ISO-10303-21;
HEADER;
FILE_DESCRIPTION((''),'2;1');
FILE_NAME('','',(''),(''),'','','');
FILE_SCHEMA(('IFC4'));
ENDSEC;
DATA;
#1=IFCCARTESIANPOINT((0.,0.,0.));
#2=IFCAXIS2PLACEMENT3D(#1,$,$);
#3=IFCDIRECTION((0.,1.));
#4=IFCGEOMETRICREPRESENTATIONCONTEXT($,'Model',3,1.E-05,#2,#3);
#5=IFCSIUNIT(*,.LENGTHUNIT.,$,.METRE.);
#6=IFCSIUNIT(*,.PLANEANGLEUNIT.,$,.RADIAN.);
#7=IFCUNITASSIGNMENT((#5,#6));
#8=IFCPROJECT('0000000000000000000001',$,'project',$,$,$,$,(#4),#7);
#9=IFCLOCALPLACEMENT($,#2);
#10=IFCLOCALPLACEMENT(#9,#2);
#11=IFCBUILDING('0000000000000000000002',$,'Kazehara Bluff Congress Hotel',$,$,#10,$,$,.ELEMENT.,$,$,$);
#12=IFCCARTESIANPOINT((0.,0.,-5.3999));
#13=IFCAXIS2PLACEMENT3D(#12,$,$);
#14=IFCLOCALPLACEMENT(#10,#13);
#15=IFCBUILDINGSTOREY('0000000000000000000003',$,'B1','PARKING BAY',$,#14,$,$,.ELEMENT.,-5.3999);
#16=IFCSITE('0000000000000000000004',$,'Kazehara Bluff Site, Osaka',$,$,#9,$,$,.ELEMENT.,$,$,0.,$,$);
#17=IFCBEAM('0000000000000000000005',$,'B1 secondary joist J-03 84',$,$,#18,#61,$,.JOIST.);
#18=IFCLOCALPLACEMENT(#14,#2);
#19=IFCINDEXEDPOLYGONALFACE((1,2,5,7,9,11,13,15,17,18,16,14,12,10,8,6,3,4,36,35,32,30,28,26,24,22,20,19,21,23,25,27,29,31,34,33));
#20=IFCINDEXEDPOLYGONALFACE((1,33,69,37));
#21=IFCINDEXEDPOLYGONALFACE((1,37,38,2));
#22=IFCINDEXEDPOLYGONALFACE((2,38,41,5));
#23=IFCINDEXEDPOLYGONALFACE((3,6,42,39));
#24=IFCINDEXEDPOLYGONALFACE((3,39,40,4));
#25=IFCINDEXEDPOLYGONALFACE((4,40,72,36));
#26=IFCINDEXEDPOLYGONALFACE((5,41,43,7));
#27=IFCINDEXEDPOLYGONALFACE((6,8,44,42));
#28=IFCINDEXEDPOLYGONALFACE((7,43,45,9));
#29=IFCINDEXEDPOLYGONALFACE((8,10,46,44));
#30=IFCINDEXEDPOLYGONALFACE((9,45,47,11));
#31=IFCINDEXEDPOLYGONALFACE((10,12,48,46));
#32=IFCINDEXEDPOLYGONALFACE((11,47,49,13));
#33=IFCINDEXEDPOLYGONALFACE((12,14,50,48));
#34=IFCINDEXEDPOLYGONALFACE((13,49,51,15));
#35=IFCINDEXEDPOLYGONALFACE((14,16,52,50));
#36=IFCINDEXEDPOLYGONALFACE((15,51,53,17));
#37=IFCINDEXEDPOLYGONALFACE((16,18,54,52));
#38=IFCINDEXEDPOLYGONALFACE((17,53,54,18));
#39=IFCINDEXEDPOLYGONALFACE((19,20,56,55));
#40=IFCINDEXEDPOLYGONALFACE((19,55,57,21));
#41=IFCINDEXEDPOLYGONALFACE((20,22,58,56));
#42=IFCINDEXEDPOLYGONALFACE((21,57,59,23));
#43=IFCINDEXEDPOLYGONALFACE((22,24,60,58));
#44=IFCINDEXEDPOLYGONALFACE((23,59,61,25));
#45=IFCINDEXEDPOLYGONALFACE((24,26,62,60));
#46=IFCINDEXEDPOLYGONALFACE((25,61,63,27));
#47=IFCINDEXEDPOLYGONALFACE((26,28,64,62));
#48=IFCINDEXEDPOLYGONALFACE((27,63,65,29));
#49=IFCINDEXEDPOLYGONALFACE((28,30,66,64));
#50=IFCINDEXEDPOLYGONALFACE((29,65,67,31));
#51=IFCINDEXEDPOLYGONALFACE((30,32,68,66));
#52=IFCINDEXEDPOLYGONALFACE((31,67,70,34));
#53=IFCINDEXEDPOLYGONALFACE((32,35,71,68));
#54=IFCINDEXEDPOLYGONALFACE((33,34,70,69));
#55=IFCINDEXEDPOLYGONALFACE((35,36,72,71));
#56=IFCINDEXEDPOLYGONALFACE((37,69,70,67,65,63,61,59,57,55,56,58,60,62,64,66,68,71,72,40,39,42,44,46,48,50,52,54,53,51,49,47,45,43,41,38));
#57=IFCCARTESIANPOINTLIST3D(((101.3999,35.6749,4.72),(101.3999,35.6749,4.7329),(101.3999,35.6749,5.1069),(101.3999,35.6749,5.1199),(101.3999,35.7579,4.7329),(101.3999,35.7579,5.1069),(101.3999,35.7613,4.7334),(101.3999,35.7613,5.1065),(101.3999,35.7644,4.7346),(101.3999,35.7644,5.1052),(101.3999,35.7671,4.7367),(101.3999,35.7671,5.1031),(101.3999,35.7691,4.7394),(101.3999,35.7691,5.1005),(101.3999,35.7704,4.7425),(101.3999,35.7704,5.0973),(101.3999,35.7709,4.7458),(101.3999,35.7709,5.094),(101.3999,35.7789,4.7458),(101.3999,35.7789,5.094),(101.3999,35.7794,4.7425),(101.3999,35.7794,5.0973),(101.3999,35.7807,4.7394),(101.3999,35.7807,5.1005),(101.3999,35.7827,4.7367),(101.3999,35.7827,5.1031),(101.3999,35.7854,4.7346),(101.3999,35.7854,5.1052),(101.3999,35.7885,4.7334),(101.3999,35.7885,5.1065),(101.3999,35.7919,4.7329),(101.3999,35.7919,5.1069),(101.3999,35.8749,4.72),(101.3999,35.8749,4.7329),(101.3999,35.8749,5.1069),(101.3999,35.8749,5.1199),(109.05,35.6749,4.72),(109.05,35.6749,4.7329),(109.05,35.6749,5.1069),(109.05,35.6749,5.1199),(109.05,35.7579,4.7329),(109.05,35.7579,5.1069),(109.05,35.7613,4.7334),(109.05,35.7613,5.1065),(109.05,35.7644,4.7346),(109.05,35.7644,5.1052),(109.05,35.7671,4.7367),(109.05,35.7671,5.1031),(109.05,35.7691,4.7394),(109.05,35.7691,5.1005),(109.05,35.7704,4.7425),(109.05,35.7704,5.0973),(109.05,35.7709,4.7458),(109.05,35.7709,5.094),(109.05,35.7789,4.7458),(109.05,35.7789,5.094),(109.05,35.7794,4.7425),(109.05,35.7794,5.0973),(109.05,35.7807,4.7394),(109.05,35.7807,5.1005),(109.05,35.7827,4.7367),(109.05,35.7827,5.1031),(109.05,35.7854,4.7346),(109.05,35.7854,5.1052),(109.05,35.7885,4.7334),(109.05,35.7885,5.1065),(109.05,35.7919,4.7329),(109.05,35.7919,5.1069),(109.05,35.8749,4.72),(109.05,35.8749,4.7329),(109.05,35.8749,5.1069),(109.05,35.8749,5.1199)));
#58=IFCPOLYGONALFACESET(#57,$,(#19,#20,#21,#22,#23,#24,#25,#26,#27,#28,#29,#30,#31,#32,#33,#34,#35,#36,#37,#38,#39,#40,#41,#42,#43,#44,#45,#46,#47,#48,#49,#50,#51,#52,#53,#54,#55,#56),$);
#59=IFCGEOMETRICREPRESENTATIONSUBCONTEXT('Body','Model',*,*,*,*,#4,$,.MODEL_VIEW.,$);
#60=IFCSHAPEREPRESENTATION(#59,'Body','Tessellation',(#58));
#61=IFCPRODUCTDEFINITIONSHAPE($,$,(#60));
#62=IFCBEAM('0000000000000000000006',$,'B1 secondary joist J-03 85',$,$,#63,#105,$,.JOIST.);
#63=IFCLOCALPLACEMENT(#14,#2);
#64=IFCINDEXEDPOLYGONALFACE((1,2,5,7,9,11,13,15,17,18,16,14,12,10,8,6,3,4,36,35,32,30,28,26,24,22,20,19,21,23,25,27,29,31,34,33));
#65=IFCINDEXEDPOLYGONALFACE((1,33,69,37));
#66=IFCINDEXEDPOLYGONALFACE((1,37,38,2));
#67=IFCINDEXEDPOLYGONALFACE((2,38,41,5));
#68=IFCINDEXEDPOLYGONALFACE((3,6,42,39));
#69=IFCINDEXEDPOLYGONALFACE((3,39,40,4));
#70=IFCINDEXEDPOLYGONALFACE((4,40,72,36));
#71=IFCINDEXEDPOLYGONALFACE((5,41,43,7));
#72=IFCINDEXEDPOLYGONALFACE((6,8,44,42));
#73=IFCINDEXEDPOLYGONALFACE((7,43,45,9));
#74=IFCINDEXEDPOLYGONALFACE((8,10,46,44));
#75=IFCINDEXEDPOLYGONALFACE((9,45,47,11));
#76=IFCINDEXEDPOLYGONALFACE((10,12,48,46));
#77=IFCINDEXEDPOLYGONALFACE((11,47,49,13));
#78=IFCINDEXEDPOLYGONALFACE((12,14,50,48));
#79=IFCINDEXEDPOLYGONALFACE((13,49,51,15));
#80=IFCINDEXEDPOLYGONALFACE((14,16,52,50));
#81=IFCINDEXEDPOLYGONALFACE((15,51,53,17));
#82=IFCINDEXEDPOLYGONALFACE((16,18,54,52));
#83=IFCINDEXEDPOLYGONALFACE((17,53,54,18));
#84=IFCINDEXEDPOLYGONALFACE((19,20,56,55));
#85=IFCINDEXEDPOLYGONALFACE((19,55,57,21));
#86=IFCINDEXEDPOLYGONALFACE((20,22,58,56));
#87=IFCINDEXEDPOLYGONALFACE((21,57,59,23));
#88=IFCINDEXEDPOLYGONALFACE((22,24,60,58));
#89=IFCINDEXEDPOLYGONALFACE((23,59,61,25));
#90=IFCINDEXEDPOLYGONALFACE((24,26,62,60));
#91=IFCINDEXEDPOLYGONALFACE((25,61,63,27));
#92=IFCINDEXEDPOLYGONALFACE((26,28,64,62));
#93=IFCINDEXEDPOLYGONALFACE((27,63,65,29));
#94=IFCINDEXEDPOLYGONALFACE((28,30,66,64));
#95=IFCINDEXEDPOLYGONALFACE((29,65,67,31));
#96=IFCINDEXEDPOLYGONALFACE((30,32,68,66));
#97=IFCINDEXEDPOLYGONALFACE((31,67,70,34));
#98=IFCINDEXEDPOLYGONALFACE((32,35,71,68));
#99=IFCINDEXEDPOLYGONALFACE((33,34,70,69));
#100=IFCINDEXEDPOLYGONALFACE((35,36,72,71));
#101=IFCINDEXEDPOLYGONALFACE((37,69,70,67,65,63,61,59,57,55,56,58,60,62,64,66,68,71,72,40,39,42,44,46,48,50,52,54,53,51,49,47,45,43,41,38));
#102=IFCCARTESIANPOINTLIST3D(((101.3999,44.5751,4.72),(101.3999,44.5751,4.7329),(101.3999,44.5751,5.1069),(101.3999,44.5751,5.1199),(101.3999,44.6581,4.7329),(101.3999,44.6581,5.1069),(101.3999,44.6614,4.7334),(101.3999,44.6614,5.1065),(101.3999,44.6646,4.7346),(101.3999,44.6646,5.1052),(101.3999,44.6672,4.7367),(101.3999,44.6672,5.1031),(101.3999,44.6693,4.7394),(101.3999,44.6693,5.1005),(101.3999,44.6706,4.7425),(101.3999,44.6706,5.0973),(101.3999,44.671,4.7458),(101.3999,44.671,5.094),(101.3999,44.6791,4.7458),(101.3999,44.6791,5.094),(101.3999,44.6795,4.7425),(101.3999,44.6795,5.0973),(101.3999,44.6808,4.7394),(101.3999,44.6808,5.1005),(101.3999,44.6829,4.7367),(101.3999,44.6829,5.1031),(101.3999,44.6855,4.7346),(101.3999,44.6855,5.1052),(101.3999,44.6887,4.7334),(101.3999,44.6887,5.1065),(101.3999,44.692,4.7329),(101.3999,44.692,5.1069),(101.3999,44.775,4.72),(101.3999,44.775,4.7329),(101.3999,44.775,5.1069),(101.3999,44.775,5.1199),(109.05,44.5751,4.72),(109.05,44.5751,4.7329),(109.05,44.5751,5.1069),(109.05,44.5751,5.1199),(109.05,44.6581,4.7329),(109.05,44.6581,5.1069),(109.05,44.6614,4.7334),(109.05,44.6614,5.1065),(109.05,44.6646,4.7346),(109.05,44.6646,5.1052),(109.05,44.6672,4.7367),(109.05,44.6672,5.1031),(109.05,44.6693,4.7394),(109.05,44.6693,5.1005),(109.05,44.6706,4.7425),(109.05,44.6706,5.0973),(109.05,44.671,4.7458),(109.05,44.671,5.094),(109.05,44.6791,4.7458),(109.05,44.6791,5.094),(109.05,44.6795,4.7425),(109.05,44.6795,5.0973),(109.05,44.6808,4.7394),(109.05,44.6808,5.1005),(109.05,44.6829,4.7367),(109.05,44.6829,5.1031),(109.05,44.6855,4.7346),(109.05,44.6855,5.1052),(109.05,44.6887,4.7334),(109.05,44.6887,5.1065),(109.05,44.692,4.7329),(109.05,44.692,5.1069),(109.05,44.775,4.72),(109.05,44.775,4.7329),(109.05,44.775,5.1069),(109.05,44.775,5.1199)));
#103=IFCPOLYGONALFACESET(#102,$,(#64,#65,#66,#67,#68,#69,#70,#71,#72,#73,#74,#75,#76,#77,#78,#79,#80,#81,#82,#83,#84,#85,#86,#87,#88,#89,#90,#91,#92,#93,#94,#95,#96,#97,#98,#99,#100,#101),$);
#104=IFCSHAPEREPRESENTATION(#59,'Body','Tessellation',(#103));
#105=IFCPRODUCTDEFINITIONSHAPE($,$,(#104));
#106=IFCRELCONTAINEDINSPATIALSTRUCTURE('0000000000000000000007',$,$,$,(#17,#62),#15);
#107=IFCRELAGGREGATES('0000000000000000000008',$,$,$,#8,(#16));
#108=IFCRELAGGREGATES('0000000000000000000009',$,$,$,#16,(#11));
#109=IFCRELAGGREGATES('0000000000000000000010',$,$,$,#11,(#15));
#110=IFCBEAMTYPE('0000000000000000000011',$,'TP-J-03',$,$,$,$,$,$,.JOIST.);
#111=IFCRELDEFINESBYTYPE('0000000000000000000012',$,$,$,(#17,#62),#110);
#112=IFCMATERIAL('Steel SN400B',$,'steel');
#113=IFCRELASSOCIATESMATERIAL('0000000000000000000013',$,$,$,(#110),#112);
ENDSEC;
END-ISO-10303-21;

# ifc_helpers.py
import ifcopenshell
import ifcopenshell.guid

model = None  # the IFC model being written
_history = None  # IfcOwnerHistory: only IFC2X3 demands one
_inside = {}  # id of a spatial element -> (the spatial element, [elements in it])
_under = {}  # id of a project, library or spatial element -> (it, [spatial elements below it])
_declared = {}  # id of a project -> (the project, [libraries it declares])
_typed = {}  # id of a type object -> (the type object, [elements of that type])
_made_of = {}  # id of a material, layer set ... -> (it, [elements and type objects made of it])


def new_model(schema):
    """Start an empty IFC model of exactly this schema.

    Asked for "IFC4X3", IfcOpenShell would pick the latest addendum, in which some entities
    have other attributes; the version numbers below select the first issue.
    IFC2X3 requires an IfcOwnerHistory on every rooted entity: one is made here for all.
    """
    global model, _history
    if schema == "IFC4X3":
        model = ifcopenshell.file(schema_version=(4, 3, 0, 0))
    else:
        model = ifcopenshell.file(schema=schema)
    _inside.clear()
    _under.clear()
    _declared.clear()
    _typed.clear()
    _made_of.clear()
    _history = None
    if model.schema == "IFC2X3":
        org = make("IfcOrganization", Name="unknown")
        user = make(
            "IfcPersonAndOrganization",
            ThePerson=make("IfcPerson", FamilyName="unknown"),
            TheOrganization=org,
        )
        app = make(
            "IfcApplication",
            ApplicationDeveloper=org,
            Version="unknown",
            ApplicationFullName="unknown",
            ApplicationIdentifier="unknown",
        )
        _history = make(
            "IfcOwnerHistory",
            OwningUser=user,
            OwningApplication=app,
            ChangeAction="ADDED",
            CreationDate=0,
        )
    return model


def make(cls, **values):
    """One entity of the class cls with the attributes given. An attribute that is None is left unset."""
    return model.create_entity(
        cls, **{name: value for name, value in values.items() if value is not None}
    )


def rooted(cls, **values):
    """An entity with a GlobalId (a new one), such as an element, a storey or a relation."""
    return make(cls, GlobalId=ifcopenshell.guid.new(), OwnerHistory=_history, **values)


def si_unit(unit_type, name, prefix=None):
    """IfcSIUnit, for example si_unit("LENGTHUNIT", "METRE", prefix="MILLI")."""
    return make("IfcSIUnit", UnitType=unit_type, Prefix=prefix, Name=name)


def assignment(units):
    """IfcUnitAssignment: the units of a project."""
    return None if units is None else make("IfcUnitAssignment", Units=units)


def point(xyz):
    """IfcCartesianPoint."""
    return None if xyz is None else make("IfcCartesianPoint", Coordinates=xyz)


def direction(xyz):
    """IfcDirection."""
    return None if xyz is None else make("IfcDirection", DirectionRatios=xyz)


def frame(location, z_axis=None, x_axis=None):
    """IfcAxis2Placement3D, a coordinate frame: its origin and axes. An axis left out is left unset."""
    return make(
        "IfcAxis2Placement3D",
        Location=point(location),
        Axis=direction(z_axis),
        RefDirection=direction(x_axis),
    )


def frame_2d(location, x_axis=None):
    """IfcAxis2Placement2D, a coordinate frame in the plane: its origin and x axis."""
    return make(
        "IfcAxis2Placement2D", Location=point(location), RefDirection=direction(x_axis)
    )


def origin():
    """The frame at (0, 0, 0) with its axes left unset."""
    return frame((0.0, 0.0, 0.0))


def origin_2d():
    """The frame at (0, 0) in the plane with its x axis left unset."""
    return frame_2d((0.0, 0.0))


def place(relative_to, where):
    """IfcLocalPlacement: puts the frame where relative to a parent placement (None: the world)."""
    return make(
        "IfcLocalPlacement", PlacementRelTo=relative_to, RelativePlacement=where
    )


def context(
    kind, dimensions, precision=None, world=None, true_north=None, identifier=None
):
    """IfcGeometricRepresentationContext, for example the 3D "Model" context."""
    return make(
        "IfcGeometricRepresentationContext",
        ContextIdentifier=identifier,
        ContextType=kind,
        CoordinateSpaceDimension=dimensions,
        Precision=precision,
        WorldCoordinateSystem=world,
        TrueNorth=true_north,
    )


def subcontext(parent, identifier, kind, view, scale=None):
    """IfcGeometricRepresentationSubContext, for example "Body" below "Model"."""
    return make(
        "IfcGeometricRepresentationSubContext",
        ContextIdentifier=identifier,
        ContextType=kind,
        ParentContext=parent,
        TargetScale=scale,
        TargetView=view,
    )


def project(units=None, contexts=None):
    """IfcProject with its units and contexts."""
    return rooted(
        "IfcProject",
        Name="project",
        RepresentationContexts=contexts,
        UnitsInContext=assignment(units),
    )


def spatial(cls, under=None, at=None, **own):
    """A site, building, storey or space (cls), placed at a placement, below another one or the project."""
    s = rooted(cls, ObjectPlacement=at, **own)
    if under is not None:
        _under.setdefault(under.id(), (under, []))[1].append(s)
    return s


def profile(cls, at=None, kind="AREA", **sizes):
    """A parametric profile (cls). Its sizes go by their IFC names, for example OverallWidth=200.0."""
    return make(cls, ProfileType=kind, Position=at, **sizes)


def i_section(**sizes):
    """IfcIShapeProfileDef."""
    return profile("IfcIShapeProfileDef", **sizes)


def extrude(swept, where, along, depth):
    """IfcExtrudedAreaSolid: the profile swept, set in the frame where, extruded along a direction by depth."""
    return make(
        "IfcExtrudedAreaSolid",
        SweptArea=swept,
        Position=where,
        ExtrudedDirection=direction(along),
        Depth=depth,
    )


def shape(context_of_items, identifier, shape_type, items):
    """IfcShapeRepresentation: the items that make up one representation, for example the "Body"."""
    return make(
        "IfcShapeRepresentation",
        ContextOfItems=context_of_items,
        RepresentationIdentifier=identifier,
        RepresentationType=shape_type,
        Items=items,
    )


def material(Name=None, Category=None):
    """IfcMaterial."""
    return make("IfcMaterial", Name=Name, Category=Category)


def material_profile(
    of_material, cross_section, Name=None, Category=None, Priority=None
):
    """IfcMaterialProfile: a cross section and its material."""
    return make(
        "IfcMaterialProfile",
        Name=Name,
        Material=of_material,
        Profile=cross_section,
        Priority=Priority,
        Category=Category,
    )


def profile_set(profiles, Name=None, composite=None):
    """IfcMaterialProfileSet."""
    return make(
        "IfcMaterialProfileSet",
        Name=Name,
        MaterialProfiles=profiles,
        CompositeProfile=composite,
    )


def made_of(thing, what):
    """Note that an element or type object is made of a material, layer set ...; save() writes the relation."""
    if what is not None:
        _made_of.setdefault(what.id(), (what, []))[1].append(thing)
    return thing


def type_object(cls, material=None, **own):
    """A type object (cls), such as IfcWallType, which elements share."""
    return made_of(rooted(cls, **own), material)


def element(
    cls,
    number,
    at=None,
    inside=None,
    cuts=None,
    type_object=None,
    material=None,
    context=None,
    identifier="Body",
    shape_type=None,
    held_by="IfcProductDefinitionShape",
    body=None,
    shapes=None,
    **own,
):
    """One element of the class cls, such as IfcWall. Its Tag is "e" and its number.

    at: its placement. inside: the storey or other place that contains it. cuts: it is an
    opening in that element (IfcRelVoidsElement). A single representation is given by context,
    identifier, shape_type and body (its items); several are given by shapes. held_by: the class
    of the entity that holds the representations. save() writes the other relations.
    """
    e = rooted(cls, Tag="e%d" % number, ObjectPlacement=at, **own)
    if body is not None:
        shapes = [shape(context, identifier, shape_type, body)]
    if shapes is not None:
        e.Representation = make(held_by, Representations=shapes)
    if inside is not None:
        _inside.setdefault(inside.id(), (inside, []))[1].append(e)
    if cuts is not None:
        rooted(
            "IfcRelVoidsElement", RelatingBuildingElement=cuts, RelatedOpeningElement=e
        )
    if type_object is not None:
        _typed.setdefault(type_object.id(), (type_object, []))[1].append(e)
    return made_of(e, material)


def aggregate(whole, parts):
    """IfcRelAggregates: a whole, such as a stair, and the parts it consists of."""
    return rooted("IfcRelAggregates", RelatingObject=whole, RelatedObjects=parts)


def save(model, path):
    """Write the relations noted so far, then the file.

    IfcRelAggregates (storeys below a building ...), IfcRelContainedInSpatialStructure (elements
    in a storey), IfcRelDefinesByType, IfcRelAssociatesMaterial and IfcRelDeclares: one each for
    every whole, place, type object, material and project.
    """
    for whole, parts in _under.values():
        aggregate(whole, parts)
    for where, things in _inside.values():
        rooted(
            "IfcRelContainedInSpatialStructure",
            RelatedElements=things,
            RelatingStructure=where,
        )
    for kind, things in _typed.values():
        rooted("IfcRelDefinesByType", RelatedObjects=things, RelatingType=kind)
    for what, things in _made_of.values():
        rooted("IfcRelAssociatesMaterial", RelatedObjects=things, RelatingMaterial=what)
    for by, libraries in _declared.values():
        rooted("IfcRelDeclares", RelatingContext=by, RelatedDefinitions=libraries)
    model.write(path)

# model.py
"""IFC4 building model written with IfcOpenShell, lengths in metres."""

from ifc_helpers import new_model, si_unit, direction, frame, origin, origin_2d, place, context, subcontext, project, spatial, i_section, extrude, material, material_profile, profile_set, type_object, element, save


model = new_model("IFC4")

# Units and contexts
model_context = context("Model", 3, precision=1e-05, world=origin(), true_north=direction((0.0, 1.0)))
body_context = subcontext(model_context, "Body", "Model", "MODEL_VIEW")
ifc_project = project(units=[si_unit("LENGTHUNIT", "METRE"), si_unit("PLANEANGLEUNIT", "RADIAN")], contexts=[model_context])

# Site, building, storey
site_placement = place(None, origin())
site = spatial("IfcSite", under=ifc_project, at=site_placement, Name="Kazehara Bluff Site, Osaka", CompositionType="ELEMENT", RefElevation=0.0)
building_placement = place(site_placement, origin())
building = spatial("IfcBuilding", under=site, at=building_placement, Name="Kazehara Bluff Congress Hotel", CompositionType="ELEMENT")
storey_placement = place(building_placement, frame((0.0, 0.0, -5.3999)))
storey = spatial("IfcBuildingStorey", under=building, at=storey_placement, Name="B1", Description="PARKING BAY", CompositionType="ELEMENT", Elevation=-5.3999)

# Beams
ifc_material_1 = material(Name="Steel SN400B", Category="steel")
ifc_material_profile_1 = material_profile(ifc_material_1, i_section(OverallWidth=0.2, OverallDepth=0.3999, WebThickness=0.0081, FlangeThickness=0.0129, FilletRadius=0.0129, at=origin_2d()))
ifc_profile_set_1 = profile_set([ifc_material_profile_1], Name="Steel SN400B")
beam_type_1 = type_object("IfcBeamType", Name="TP-J-03", PredefinedType="JOIST", material=ifc_profile_set_1)
for number, where, z_axis, x_axis, name in (
    (1, (101.3999, 35.7749, 4.9199), (1.0, 0.0, 0.0), (0.0, 1.0, 0.0), "B1 secondary joist J-03 84"),
    (2, (101.3999, 44.675, 4.9199), (1.0, 0.0, 0.0), (0.0, 1.0, 0.0), "B1 secondary joist J-03 85"),
):
    element("IfcBeam", number, at=place(storey_placement, frame(where, z_axis=z_axis, x_axis=x_axis)), inside=storey, type_object=beam_type_1, Name=name, PredefinedType="JOIST", context=body_context, shape_type="SweptSolid", body=[
        extrude(i_section(OverallWidth=0.2, OverallDepth=0.3999, WebThickness=0.0081, FlangeThickness=0.0129, FilletRadius=0.0129, at=origin_2d()), origin(), (0.0, 0.0, 1.0), 7.6501),
    ])

save(model, "model.ifc")
